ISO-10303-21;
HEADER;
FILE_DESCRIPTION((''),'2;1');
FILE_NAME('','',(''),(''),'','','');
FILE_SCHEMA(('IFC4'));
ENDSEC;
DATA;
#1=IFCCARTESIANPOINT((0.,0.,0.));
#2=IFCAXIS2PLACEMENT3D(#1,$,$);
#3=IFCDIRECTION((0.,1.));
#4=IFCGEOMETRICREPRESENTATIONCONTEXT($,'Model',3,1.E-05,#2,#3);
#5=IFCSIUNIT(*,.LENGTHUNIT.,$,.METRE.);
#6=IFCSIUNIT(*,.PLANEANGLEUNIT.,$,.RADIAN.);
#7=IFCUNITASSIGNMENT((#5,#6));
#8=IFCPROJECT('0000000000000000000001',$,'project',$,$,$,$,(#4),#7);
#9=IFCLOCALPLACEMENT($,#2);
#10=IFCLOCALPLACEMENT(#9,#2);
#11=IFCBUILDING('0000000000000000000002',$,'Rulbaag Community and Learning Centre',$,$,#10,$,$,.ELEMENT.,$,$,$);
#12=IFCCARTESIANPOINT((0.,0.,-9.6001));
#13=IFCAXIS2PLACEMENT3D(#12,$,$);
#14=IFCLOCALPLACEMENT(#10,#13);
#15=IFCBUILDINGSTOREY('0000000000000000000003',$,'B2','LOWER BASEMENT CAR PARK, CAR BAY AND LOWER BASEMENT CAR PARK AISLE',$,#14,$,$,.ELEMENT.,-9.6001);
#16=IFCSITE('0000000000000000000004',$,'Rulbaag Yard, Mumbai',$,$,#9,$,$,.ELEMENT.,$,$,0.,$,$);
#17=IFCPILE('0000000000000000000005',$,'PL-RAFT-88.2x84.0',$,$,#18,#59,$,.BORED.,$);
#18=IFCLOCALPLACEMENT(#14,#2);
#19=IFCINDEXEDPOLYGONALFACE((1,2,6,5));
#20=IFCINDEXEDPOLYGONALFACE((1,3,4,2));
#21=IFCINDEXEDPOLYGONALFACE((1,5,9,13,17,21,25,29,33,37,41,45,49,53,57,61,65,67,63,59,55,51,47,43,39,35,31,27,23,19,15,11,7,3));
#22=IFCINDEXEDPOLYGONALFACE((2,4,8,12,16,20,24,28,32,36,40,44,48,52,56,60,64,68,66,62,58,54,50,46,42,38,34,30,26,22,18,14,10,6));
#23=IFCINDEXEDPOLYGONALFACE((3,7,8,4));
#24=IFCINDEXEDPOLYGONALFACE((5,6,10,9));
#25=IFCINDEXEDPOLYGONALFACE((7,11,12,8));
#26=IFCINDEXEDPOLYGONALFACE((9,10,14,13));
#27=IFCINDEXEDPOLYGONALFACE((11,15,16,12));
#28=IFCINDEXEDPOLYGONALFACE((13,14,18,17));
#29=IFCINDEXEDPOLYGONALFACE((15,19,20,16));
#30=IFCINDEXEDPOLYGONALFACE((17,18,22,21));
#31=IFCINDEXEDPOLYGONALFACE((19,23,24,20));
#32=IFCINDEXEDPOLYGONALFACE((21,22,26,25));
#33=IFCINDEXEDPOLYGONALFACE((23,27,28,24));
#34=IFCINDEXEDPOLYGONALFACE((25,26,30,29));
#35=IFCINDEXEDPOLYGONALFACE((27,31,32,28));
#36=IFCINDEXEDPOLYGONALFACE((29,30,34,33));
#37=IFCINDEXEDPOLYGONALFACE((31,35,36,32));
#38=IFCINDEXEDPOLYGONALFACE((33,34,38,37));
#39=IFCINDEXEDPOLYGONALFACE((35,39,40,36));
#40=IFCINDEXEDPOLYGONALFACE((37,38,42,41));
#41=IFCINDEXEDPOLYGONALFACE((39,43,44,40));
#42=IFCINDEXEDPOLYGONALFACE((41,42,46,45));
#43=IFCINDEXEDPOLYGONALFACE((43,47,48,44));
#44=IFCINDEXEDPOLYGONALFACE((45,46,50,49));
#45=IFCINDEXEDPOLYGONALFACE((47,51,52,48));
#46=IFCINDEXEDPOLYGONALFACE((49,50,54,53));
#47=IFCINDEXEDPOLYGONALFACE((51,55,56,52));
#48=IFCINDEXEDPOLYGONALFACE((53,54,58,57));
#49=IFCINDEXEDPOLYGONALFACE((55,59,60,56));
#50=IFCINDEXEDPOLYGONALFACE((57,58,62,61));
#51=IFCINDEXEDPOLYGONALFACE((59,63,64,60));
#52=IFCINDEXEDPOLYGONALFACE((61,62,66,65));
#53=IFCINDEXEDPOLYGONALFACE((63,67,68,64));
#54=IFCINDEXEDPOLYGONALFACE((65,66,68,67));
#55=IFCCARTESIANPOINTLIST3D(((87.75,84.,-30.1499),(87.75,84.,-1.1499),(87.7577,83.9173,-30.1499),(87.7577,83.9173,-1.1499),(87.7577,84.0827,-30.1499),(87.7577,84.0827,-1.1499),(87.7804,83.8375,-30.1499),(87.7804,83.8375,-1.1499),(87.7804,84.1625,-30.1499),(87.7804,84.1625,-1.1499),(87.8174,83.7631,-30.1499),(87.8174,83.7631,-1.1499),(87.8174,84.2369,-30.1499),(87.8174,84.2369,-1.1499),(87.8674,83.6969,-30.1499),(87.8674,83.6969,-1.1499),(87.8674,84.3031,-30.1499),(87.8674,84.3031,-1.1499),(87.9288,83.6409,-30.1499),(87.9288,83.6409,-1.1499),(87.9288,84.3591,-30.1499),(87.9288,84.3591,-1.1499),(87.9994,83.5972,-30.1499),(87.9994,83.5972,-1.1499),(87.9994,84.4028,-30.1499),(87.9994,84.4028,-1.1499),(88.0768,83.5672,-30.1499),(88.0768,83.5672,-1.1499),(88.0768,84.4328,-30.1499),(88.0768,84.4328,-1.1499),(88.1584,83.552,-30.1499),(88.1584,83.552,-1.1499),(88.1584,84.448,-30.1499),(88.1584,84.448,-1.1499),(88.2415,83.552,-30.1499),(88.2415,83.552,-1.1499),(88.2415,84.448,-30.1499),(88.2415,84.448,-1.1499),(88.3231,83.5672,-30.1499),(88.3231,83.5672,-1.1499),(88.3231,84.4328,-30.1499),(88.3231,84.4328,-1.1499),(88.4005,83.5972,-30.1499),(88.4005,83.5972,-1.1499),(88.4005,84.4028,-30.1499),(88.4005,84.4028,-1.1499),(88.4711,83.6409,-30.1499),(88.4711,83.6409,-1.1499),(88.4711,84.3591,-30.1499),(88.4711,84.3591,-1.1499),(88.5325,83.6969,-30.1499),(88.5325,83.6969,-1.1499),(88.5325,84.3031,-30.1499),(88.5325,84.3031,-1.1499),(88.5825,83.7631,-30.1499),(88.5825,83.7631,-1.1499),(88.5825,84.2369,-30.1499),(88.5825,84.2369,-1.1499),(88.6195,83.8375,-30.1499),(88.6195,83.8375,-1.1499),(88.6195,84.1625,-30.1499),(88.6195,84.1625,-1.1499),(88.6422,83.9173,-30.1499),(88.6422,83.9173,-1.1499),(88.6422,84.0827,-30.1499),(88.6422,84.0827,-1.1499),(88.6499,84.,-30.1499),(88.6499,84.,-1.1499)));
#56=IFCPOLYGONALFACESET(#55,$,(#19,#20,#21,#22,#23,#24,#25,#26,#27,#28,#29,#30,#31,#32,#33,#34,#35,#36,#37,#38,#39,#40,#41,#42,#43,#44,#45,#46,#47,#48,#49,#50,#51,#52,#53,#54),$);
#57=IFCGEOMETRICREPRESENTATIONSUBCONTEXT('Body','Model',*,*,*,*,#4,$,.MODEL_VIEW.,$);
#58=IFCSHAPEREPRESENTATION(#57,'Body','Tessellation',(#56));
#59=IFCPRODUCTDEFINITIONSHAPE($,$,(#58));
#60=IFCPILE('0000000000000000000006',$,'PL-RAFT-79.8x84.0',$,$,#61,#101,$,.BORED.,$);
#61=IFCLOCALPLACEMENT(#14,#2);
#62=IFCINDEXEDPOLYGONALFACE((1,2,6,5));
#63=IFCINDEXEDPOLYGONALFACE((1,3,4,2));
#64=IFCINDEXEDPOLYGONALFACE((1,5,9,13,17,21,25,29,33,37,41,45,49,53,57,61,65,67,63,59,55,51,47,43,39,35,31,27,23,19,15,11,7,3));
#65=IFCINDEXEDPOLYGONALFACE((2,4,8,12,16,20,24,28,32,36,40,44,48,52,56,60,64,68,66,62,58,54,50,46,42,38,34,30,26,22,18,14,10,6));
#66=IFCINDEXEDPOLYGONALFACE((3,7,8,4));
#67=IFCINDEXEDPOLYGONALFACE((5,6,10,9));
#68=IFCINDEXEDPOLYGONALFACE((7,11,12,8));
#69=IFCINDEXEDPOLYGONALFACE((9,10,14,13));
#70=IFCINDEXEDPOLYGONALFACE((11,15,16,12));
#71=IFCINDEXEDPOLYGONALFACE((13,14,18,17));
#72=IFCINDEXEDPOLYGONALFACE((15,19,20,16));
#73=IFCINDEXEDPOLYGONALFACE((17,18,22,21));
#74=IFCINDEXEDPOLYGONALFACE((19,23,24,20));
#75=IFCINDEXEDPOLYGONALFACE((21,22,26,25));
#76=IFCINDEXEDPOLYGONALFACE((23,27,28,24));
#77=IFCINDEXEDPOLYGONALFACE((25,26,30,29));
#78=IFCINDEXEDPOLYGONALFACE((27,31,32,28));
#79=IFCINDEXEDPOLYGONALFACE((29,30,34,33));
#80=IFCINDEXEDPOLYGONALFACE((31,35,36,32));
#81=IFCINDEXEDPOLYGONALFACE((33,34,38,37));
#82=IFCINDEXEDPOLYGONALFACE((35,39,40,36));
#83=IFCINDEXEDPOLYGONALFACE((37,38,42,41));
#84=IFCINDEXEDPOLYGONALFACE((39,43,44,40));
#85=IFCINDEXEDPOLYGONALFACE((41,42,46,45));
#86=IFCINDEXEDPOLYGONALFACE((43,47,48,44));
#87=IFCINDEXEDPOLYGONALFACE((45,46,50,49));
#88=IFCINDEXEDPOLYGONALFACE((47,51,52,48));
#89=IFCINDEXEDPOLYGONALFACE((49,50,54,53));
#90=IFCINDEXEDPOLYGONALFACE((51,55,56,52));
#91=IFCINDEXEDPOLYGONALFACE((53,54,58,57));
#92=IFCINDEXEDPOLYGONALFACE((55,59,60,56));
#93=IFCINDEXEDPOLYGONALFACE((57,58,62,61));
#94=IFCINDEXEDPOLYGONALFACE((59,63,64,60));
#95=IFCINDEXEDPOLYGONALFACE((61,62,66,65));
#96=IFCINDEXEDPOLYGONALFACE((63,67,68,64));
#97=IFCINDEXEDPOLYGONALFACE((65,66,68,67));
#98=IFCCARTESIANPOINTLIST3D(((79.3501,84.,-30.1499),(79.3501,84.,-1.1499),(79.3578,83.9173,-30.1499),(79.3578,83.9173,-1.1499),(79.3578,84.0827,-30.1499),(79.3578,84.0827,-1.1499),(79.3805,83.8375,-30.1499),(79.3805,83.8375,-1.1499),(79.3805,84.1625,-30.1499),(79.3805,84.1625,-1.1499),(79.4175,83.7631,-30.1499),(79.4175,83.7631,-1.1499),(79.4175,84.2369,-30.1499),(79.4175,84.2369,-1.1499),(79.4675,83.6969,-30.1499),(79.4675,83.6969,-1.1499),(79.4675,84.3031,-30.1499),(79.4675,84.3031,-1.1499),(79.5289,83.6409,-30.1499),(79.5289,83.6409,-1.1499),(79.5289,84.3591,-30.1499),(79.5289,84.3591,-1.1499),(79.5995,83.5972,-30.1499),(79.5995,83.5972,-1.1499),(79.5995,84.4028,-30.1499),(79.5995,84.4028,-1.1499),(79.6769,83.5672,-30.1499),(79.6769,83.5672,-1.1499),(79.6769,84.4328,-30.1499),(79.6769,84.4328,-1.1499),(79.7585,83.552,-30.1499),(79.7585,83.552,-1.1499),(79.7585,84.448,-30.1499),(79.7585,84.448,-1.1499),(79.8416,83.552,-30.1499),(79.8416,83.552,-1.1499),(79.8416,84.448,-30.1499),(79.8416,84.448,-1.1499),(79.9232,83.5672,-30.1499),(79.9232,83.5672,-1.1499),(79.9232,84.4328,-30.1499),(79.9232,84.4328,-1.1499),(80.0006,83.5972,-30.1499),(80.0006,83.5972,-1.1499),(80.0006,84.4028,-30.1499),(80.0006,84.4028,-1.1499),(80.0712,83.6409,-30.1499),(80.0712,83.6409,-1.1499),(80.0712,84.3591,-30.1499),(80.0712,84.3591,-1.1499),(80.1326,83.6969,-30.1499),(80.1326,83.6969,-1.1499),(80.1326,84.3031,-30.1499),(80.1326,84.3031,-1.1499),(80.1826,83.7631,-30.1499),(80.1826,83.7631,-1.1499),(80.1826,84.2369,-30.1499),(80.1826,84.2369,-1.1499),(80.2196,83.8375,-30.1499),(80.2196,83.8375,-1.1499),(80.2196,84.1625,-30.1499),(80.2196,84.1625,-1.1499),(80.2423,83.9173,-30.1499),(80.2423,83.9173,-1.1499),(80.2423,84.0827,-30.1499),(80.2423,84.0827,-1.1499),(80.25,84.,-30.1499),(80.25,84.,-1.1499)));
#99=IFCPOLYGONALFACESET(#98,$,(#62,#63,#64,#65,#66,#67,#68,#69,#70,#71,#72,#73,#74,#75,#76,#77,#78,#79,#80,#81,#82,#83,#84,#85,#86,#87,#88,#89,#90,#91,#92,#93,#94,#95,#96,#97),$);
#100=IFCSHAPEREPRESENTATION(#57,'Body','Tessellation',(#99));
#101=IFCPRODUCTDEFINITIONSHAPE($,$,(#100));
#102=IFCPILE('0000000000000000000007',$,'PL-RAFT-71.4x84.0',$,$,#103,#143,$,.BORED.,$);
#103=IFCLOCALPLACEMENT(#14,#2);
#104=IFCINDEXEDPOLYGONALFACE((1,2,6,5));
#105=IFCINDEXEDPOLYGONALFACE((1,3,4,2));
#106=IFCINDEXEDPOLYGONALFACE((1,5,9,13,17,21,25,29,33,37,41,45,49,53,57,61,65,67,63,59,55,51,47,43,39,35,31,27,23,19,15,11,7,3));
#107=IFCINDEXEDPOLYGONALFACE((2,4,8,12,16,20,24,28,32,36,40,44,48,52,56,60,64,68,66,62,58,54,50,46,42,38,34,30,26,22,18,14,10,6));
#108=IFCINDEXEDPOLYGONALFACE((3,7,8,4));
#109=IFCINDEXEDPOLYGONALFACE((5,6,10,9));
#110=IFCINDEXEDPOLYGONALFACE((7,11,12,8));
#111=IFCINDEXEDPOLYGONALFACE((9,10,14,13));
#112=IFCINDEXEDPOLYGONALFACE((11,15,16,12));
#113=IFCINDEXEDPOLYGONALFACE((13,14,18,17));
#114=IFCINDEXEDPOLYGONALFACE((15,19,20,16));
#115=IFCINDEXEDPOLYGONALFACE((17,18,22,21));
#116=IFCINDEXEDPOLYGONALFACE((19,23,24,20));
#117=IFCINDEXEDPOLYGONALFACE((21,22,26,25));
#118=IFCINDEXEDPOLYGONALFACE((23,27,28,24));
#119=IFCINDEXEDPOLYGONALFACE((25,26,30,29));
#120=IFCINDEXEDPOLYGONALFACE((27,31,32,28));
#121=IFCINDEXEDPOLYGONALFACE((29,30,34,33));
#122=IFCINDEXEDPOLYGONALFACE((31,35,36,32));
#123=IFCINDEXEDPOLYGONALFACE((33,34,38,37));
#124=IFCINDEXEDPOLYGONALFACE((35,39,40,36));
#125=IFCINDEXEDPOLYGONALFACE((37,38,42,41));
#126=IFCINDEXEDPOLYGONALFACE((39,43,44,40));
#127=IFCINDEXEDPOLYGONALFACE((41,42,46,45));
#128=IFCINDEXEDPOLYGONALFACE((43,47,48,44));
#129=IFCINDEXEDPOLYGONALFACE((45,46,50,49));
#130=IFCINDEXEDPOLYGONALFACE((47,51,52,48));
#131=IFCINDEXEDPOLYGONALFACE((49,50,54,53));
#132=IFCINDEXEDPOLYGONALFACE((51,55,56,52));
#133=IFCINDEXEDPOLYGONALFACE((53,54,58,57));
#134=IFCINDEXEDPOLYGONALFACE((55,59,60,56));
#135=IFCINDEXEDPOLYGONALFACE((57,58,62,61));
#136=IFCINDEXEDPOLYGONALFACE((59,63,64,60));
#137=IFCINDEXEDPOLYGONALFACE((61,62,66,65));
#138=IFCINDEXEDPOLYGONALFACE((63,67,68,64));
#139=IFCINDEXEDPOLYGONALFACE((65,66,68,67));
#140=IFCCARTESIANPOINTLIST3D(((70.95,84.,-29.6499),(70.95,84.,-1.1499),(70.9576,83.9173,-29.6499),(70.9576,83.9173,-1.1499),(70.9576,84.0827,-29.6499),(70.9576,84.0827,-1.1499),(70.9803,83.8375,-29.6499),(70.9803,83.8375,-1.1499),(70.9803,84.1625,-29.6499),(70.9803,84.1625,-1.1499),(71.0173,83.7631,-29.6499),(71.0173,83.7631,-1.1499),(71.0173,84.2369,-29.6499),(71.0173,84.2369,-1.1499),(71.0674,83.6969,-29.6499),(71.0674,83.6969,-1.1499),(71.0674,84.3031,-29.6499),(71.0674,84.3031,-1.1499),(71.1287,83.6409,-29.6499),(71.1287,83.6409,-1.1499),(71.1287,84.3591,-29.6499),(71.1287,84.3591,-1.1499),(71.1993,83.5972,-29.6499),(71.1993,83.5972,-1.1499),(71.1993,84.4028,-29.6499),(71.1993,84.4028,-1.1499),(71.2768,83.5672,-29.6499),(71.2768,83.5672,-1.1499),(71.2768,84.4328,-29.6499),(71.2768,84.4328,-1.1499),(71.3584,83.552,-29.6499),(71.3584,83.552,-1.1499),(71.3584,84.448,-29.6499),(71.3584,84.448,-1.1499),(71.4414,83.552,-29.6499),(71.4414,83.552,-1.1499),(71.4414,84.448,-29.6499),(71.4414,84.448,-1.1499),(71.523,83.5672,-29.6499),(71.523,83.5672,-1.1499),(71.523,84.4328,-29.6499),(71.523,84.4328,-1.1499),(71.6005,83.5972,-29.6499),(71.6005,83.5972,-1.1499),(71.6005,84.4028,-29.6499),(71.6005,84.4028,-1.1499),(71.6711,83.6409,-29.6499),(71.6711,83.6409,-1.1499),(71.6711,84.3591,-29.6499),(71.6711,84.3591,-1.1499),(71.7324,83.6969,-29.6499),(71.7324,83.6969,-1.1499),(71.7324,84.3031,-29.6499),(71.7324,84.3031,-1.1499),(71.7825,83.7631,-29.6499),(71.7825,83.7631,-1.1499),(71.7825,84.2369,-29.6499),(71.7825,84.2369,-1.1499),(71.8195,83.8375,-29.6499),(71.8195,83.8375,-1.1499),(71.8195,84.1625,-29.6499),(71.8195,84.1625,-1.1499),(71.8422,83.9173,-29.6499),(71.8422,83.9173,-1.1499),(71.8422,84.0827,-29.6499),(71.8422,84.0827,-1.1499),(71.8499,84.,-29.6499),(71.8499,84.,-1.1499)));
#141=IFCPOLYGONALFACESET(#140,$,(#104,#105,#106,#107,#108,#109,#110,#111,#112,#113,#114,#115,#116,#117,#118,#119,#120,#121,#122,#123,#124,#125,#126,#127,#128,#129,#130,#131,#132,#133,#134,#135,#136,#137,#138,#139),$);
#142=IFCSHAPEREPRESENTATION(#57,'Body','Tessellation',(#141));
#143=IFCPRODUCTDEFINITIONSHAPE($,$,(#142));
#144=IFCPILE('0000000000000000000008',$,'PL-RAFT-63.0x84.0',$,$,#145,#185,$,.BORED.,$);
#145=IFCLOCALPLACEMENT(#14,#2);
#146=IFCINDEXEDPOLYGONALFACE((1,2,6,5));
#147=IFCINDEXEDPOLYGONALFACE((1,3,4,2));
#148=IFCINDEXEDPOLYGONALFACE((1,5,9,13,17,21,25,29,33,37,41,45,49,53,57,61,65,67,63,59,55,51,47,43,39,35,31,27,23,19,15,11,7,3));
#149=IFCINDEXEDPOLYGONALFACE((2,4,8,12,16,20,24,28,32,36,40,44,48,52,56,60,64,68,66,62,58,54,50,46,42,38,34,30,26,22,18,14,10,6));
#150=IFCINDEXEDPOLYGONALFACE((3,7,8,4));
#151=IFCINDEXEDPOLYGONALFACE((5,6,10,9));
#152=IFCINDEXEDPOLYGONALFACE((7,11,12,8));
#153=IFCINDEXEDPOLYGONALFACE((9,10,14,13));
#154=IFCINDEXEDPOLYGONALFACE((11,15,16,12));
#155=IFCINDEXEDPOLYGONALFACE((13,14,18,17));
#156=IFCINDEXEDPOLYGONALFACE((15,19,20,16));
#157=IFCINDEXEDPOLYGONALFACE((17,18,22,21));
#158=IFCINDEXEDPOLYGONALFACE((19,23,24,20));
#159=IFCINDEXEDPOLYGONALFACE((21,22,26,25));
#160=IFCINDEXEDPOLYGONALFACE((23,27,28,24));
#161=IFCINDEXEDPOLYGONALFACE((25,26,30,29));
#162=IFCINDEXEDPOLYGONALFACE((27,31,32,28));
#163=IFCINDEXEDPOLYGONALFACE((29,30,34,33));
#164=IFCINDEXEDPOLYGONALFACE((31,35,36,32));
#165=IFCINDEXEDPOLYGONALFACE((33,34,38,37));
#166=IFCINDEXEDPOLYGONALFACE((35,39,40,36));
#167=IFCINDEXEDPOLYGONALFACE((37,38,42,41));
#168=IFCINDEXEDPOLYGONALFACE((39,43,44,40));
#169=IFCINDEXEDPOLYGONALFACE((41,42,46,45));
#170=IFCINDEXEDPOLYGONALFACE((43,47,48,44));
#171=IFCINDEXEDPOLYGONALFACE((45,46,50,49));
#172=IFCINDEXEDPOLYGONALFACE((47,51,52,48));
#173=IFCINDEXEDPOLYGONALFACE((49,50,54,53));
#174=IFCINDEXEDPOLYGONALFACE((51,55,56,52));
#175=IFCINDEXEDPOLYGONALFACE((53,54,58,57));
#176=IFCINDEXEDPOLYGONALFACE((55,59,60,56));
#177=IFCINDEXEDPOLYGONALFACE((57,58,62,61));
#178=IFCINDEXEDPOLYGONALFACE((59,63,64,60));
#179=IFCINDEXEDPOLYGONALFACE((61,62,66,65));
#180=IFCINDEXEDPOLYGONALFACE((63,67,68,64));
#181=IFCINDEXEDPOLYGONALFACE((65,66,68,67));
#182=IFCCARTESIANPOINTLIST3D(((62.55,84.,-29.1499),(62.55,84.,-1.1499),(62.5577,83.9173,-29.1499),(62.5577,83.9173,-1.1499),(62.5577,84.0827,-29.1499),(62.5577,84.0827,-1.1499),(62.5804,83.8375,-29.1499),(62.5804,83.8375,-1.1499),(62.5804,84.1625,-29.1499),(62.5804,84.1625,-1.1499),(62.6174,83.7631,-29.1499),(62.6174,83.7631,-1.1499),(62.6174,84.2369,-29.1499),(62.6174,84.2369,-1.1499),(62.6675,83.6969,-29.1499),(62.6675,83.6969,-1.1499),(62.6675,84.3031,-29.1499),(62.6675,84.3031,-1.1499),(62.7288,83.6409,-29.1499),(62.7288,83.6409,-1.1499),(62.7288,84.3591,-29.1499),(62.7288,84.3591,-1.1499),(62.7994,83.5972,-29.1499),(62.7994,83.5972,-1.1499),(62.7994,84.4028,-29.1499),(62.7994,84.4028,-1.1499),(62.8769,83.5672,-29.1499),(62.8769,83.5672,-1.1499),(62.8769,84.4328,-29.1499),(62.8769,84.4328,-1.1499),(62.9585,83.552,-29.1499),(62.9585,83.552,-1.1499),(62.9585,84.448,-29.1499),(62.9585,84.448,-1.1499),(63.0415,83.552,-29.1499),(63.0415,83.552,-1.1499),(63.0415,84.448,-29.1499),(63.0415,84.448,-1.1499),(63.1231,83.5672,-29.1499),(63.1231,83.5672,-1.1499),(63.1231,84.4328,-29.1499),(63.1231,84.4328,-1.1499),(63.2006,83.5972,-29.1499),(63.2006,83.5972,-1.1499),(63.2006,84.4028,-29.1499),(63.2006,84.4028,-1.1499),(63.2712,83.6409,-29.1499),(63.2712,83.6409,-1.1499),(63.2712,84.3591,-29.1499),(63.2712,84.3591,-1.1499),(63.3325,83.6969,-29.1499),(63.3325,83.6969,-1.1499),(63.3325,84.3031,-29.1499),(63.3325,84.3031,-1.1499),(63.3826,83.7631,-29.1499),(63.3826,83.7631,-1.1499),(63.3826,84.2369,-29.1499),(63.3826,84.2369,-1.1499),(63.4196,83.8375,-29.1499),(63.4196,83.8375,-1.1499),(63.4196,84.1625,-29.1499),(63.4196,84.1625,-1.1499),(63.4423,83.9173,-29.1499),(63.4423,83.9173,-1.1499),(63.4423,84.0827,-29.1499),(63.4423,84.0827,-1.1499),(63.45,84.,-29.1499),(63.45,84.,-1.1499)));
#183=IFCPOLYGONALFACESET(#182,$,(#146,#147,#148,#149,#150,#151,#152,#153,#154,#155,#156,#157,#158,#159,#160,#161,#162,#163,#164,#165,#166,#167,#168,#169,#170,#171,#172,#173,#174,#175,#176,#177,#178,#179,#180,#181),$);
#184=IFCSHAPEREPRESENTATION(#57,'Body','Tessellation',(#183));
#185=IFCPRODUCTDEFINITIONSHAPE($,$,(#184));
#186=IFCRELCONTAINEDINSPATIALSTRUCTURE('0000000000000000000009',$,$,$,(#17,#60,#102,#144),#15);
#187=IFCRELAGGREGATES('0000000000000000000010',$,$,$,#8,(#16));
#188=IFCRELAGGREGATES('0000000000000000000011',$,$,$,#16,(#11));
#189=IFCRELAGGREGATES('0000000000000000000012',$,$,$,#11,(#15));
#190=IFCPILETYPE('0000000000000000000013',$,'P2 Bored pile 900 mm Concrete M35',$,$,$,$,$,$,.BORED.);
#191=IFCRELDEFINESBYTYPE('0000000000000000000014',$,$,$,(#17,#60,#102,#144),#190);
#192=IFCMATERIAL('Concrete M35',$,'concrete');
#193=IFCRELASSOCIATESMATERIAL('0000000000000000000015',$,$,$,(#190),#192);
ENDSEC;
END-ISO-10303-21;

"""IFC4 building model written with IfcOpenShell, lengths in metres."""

from ifc_helpers import new_model, si_unit, direction, frame, origin, origin_2d, place, context, subcontext, project, spatial, circle, extrude, material, material_profile, profile_set, type_object, element, save


model = new_model("IFC4")

# Units and contexts
model_context = context("Model", 3, precision=1e-05, world=origin(), true_north=direction((0.0, 1.0)))
body_context = subcontext(model_context, "Body", "Model", "MODEL_VIEW")
ifc_project = project(units=[si_unit("LENGTHUNIT", "METRE"), si_unit("PLANEANGLEUNIT", "RADIAN")], contexts=[model_context])

# Site, building, storey
site_placement = place(None, origin())
site = spatial("IfcSite", under=ifc_project, at=site_placement, Name="Rulbaag Yard, Mumbai", CompositionType="ELEMENT", RefElevation=0.0)
building_placement = place(site_placement, origin())
building = spatial("IfcBuilding", under=site, at=building_placement, Name="Rulbaag Community and Learning Centre", CompositionType="ELEMENT")
storey_placement = place(building_placement, frame((0.0, 0.0, -9.6001)))
storey = spatial("IfcBuildingStorey", under=building, at=storey_placement, Name="B2", Description="LOWER BASEMENT CAR PARK, CAR BAY AND LOWER BASEMENT CAR PARK AISLE", CompositionType="ELEMENT", Elevation=-9.6001)

# Piles
ifc_material_1 = material(Name="Concrete M35", Category="concrete")
ifc_material_profile_1 = material_profile(ifc_material_1, circle(Radius=0.45, at=origin_2d()), Name="BP900")
ifc_profile_set_1 = profile_set([ifc_material_profile_1], Name="Concrete M35")
pile_type_1 = type_object("IfcPileType", Name="P2 Bored pile 900 mm Concrete M35", PredefinedType="BORED", material=ifc_profile_set_1)
for number, where, z_axis, x_axis, name in (
    (1, (88.2, 84.0, -1.1499), (0.0, 0.0, -1.0), (1.0, 0.0, 0.0), "PL-RAFT-88.2x84.0"),
    (2, (79.8, 84.0, -1.1499), (0.0, 0.0, -1.0), (1.0, 0.0, 0.0), "PL-RAFT-79.8x84.0"),
):
    element("IfcPile", number, at=place(storey_placement, frame(where, z_axis=z_axis, x_axis=x_axis)), inside=storey, type_object=pile_type_1, Name=name, PredefinedType="BORED", context=body_context, shape_type="SweptSolid", body=[
        extrude(circle(Radius=0.45, at=origin_2d()), origin(), (0.0, 0.0, 1.0), 29.0),
    ])
pile_1_placement = place(storey_placement, frame((71.3999, 84.0, -1.1499), z_axis=(0.0, 0.0, -1.0), x_axis=(1.0, 0.0, 0.0)))
element("IfcPile", 3, at=pile_1_placement, inside=storey, type_object=pile_type_1, Name="PL-RAFT-71.4x84.0", PredefinedType="BORED", context=body_context, shape_type="SweptSolid", body=[
    extrude(circle(Radius=0.45, at=origin_2d()), origin(), (0.0, 0.0, 1.0), 28.5),
])
pile_2_placement = place(storey_placement, frame((63.0, 84.0, -1.1499), z_axis=(0.0, 0.0, -1.0), x_axis=(1.0, 0.0, 0.0)))
element("IfcPile", 4, at=pile_2_placement, inside=storey, type_object=pile_type_1, Name="PL-RAFT-63.0x84.0", PredefinedType="BORED", context=body_context, shape_type="SweptSolid", body=[
    extrude(circle(Radius=0.45, at=origin_2d()), origin(), (0.0, 0.0, 1.0), 28.0),
])

save(model, "model.ifc")
